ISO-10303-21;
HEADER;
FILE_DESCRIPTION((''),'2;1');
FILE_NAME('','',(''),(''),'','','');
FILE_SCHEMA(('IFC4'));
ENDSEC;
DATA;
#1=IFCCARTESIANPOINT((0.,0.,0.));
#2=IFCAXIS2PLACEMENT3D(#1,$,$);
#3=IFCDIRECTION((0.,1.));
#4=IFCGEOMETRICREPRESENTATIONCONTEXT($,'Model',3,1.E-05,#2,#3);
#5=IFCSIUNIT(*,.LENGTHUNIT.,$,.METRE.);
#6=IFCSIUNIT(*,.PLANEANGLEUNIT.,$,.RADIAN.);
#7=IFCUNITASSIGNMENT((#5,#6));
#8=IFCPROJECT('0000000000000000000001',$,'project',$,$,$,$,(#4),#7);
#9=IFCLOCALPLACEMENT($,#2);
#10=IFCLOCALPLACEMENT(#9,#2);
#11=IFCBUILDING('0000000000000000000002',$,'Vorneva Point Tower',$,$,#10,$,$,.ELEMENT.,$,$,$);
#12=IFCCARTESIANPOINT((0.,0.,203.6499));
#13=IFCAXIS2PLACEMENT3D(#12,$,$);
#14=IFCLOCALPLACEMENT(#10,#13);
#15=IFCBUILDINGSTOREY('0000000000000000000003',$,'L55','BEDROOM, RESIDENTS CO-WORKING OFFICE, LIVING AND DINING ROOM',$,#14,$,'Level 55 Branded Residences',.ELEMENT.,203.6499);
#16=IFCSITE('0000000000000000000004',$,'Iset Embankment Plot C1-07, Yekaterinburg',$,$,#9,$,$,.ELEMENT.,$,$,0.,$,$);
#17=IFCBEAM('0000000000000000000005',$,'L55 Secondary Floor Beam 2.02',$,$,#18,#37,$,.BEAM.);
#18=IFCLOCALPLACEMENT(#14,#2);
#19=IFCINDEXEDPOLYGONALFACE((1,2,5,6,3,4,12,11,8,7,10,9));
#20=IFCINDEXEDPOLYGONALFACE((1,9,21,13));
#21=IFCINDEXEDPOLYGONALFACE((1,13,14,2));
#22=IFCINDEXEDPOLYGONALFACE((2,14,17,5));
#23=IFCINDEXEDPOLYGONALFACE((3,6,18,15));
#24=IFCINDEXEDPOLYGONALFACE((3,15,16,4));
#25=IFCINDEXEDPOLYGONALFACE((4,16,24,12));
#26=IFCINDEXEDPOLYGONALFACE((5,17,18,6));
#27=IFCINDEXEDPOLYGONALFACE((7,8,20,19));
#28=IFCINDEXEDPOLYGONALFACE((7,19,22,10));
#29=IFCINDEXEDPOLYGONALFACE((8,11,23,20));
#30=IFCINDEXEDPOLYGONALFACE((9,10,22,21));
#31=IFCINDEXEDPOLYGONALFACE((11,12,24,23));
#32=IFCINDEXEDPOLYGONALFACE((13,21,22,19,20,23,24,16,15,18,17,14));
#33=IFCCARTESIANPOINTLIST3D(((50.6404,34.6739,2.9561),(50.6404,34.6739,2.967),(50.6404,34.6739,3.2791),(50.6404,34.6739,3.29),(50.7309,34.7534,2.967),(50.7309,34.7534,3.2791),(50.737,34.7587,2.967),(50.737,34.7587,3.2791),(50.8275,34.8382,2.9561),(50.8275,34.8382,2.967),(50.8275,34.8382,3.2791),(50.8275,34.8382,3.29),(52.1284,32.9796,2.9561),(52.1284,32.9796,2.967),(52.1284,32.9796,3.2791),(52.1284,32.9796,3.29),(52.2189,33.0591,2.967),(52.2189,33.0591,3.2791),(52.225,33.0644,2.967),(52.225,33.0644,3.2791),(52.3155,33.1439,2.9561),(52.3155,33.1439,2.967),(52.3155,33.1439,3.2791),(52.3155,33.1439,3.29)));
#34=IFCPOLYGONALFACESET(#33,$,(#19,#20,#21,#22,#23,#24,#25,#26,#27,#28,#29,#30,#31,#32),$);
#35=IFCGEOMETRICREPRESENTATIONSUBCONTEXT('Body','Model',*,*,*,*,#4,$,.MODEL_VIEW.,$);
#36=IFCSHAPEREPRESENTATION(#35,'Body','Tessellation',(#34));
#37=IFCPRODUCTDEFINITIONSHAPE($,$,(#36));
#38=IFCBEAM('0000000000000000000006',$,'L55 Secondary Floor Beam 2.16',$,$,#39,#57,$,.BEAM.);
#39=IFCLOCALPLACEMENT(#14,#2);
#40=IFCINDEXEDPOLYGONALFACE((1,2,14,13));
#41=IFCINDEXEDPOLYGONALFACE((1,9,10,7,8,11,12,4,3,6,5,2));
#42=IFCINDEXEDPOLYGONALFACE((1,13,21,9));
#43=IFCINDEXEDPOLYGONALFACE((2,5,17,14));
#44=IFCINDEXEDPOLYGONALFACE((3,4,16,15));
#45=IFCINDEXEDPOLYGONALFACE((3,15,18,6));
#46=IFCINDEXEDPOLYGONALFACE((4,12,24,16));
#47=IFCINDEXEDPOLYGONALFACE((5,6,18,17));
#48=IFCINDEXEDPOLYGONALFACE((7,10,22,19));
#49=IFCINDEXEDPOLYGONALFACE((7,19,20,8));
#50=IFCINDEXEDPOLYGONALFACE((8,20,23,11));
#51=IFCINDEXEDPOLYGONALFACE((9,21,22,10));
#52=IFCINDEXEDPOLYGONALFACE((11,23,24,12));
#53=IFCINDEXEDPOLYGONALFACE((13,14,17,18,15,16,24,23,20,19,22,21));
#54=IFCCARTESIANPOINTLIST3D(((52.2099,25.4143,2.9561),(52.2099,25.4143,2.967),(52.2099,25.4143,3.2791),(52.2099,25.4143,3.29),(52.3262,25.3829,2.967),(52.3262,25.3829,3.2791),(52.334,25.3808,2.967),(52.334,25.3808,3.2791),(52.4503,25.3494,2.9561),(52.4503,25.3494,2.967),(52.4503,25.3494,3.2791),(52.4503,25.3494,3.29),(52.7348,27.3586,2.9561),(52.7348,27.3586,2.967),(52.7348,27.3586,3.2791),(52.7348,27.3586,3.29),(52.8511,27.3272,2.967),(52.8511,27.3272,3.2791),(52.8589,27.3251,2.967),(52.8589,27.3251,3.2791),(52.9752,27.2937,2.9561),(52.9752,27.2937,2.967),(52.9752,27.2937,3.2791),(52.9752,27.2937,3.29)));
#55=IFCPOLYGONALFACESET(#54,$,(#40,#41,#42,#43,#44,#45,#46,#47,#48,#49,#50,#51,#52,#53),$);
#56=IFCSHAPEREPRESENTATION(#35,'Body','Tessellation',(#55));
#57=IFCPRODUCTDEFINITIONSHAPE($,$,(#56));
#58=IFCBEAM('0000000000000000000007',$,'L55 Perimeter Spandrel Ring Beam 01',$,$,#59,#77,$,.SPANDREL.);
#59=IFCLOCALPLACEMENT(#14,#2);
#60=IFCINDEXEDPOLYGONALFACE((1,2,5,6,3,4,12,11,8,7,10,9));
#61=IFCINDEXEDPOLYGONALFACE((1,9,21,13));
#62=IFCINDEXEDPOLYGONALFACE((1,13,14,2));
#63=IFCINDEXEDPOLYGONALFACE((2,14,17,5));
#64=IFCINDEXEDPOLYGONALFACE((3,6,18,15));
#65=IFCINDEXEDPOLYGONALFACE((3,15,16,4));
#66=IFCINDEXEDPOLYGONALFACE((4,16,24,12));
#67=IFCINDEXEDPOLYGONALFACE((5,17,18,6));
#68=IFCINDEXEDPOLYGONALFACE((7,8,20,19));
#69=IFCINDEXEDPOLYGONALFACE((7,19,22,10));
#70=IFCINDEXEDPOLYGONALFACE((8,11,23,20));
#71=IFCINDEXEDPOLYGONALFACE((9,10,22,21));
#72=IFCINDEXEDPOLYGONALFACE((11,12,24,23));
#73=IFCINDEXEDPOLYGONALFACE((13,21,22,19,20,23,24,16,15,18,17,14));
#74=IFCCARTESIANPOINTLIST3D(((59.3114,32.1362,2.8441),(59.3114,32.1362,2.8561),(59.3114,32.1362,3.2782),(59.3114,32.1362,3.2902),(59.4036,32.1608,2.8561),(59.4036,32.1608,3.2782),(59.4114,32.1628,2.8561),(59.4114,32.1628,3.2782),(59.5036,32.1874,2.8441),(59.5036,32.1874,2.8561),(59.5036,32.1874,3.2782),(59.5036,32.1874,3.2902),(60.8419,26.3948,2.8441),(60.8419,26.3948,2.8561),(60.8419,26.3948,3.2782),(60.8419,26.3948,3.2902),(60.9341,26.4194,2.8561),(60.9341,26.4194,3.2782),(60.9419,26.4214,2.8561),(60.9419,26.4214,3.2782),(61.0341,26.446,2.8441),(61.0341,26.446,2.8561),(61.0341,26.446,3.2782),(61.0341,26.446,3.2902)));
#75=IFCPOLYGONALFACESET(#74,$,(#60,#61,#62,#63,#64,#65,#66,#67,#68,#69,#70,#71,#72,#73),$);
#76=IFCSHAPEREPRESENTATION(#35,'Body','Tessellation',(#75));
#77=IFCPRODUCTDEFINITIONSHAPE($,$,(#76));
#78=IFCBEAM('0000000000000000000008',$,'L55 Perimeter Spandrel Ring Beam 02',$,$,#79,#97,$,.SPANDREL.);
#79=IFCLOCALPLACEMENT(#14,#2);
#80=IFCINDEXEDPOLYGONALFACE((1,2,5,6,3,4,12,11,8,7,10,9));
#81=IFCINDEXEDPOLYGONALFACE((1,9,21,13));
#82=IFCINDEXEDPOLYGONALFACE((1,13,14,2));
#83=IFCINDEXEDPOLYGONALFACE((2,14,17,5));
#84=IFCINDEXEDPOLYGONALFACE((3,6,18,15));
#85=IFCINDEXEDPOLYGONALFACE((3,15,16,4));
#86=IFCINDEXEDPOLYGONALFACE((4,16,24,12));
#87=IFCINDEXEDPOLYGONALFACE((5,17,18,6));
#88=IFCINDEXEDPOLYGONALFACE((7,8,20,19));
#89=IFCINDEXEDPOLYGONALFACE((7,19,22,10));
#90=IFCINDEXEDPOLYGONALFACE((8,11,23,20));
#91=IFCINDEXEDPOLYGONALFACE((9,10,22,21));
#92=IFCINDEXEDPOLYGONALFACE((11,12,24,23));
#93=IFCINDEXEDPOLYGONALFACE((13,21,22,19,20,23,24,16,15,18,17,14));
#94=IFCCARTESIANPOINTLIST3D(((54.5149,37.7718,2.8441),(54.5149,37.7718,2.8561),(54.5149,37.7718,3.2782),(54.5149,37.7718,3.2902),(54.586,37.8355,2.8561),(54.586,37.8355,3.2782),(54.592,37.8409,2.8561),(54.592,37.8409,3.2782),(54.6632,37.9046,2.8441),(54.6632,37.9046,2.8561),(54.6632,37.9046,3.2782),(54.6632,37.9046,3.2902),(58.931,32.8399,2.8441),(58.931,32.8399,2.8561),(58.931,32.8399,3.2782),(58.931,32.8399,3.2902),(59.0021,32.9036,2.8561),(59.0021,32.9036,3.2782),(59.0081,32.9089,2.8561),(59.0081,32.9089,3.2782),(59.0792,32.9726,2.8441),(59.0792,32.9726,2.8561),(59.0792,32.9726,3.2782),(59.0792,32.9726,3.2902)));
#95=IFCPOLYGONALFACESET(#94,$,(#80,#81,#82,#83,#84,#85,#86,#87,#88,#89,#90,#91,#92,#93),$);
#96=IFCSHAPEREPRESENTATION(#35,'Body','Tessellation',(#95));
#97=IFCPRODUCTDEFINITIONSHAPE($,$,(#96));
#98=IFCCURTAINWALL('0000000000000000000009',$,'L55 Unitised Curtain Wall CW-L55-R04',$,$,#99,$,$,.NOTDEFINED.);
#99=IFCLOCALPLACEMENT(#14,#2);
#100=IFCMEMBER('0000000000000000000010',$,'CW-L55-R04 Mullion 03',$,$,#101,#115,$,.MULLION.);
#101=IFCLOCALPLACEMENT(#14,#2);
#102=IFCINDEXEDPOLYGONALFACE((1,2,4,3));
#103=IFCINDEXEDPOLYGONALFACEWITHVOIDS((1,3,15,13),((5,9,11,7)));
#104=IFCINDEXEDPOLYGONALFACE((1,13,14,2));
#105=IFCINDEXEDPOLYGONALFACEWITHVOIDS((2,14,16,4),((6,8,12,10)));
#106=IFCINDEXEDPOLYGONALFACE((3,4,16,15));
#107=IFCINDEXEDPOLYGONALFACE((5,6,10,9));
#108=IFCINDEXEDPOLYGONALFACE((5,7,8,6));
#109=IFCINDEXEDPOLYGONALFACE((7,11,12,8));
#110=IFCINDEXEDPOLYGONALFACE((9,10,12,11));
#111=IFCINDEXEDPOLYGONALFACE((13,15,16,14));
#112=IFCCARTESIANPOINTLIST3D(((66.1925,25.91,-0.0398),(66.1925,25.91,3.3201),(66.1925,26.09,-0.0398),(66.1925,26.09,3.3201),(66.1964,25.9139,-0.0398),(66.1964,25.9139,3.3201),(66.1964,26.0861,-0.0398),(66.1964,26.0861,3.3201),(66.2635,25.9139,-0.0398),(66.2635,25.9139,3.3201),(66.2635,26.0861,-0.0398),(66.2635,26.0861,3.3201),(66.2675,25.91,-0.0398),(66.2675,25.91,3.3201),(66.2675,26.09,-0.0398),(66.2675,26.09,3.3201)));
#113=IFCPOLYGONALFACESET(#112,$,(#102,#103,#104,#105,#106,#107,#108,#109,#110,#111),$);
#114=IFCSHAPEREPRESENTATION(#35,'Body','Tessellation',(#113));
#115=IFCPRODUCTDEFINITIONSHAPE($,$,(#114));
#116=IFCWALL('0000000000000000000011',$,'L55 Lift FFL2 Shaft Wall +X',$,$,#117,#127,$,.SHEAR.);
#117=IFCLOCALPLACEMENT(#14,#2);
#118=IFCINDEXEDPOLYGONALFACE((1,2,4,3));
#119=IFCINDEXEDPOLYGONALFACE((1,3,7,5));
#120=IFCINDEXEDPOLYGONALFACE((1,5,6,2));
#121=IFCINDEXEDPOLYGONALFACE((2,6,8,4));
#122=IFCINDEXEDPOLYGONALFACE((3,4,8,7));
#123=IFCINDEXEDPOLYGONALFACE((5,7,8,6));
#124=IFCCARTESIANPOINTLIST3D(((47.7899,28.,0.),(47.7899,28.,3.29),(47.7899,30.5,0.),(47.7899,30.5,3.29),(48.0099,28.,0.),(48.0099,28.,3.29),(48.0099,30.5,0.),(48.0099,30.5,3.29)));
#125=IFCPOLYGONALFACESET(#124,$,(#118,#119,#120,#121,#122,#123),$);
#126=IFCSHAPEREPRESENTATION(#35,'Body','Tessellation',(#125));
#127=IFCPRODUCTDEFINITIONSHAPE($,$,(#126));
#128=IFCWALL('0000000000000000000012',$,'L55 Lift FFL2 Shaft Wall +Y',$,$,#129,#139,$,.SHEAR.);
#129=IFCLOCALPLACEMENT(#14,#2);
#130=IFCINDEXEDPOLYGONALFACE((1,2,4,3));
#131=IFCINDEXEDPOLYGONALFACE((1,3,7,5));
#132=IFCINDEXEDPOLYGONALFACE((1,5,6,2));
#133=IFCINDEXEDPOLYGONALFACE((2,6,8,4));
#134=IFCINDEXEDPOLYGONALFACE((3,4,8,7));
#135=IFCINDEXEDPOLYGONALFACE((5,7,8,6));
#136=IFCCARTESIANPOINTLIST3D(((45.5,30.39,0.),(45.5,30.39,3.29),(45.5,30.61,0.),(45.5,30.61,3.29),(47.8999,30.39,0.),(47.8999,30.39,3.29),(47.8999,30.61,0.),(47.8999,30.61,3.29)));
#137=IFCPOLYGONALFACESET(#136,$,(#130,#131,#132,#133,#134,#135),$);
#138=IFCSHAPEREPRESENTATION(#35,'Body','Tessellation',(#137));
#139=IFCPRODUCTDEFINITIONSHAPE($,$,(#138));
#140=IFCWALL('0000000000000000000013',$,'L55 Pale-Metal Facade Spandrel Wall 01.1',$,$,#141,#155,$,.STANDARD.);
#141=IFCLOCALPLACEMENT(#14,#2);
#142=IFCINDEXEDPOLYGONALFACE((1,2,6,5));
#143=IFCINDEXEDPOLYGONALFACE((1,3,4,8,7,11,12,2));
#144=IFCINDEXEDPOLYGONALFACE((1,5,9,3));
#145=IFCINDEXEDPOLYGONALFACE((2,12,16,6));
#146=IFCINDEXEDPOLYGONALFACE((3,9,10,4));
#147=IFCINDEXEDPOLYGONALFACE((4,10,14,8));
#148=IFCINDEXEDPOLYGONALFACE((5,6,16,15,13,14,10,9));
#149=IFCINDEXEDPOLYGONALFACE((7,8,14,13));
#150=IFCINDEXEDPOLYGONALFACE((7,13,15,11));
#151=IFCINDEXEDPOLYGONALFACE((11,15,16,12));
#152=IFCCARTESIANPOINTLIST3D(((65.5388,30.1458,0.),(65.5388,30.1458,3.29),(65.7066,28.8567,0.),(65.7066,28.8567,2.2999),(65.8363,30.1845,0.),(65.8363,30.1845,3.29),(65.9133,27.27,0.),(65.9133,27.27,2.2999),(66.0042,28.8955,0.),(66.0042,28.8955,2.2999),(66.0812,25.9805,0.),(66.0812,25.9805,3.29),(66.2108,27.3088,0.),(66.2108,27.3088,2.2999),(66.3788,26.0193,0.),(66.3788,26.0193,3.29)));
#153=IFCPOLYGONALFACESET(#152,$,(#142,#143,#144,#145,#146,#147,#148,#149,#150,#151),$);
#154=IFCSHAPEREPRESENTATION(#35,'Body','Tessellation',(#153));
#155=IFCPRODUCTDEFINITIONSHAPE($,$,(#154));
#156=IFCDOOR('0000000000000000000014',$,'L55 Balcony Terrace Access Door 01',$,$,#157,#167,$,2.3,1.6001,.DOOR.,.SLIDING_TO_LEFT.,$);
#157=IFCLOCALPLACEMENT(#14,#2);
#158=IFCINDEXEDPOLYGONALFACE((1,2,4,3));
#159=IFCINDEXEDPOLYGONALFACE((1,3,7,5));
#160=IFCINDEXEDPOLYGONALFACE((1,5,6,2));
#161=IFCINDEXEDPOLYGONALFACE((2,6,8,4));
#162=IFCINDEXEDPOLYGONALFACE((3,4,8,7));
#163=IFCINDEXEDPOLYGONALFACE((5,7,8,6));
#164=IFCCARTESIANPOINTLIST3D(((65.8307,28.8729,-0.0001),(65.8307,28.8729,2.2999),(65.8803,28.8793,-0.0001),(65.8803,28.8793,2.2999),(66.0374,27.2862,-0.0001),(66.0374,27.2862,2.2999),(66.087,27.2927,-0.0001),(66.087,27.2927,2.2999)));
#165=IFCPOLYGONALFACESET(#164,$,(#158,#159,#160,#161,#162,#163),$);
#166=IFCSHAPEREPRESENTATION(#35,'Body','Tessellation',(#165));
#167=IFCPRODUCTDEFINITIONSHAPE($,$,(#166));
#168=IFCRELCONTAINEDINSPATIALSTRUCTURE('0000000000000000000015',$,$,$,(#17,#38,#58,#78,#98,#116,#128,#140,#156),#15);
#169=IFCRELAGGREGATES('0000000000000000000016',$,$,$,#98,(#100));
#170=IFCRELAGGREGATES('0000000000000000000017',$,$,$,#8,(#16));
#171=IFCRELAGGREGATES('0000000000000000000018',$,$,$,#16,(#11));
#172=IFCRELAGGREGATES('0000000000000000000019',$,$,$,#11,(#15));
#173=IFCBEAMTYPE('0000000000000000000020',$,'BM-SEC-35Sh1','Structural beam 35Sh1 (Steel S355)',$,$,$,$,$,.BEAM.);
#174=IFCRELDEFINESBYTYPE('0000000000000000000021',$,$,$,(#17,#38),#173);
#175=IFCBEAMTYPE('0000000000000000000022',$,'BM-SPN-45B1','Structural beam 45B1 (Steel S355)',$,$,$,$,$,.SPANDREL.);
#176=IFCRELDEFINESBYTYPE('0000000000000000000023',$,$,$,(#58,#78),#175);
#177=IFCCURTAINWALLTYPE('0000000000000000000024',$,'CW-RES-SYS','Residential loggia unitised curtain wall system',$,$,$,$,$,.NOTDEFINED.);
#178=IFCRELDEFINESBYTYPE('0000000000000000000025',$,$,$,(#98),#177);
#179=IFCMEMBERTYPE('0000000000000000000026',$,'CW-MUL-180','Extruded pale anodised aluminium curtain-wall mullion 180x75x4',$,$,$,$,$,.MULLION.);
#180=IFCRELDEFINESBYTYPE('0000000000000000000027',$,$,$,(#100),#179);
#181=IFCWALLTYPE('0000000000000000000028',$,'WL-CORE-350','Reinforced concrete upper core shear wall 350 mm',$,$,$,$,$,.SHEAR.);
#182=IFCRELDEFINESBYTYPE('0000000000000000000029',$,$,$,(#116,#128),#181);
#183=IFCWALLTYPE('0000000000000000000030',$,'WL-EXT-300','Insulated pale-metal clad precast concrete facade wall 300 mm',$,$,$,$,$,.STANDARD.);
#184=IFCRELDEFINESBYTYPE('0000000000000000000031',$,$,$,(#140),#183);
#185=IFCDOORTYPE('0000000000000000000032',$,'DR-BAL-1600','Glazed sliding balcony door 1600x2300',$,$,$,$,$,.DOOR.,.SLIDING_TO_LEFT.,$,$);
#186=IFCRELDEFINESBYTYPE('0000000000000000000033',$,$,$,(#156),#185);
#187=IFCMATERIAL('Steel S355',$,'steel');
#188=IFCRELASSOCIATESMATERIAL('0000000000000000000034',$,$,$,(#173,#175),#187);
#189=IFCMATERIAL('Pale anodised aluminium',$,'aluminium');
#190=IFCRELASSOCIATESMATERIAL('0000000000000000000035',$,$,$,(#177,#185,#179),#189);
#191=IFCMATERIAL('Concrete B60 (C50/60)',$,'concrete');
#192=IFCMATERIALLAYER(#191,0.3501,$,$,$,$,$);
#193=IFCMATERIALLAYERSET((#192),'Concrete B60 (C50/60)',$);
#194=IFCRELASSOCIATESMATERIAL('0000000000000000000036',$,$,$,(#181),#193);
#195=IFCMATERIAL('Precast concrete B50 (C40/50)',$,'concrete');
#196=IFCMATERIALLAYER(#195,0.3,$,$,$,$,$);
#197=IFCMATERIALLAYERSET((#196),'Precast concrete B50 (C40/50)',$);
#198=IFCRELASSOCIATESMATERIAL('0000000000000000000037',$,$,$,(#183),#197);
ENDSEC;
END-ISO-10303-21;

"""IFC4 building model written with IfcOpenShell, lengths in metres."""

from ifc_helpers import new_model, si_unit, direction, frame, frame_2d, origin, origin_2d, place, context, subcontext, project, spatial, rectangle, hollow_rectangle, i_section, extrude, material, layer, layer_set, material_profile, profile_set, type_object, element, fill, aggregate, save


model = new_model("IFC4")

# Units and contexts
model_context = context("Model", 3, precision=1e-05, world=origin(), true_north=direction((0.0, 1.0)))
body_context = subcontext(model_context, "Body", "Model", "MODEL_VIEW")
ifc_project = project(units=[si_unit("LENGTHUNIT", "METRE"), si_unit("PLANEANGLEUNIT", "RADIAN")], contexts=[model_context])

# Site, building, storey
site_placement = place(None, origin())
site = spatial("IfcSite", under=ifc_project, at=site_placement, Name="Iset Embankment Plot C1-07, Yekaterinburg", CompositionType="ELEMENT", RefElevation=0.0)
building_placement = place(site_placement, origin())
building = spatial("IfcBuilding", under=site, at=building_placement, Name="Vorneva Point Tower", CompositionType="ELEMENT")
storey_placement = place(building_placement, frame((0.0, 0.0, 203.6499)))
storey = spatial("IfcBuildingStorey", under=building, at=storey_placement, Name="L55", Description="BEDROOM, RESIDENTS CO-WORKING OFFICE, LIVING AND DINING ROOM", LongName="Level 55 Branded Residences", CompositionType="ELEMENT", Elevation=203.6499)

# Beams
ifc_material_1 = material(Name="Steel S355", Category="steel")
ifc_material_profile_1 = material_profile(ifc_material_1, i_section(OverallWidth=0.249, OverallDepth=0.334, WebThickness=0.0081, FlangeThickness=0.011, at=origin_2d()), Name="35Sh1")
ifc_profile_set_1 = profile_set([ifc_material_profile_1], Name="Steel S355")
beam_type_1 = type_object("IfcBeamType", Name="BM-SEC-35Sh1", Description="Structural beam 35Sh1 (Steel S355)", PredefinedType="BEAM", material=ifc_profile_set_1)
beam_1_placement = place(storey_placement, frame((52.2219, 33.0618, 3.123), z_axis=(-0.659883, 0.751368, 0.0), x_axis=(-0.751368, -0.659883, 0.0)))
element("IfcBeam", 1, at=beam_1_placement, inside=storey, type_object=beam_type_1, Name="L55 Secondary Floor Beam 2.02", PredefinedType="BEAM", context=body_context, shape_type="SweptSolid", body=[
    extrude(i_section(OverallWidth=0.249, OverallDepth=0.334, WebThickness=0.0081, FlangeThickness=0.011, at=origin_2d()), origin(), (0.0, 0.0, 1.0), 2.2549),
])
beam_2_placement = place(storey_placement, frame((52.3301, 25.3818, 3.123), z_axis=(0.260634, 0.965438, 0.0), x_axis=(-0.965438, 0.260634, 0.0)))
element("IfcBeam", 2, at=beam_2_placement, inside=storey, type_object=beam_type_1, Name="L55 Secondary Floor Beam 2.16", PredefinedType="BEAM", context=body_context, shape_type="SweptSolid", body=[
    extrude(i_section(OverallWidth=0.249, OverallDepth=0.334, WebThickness=0.0081, FlangeThickness=0.011, at=origin_2d()), origin(), (0.0, 0.0, 1.0), 2.0139),
])
ifc_material_profile_2 = material_profile(ifc_material_1, i_section(OverallWidth=0.199, OverallDepth=0.446, WebThickness=0.0081, FlangeThickness=0.012, at=origin_2d()), Name="45B1")
ifc_profile_set_2 = profile_set([ifc_material_profile_2], Name="Steel S355")
beam_type_2 = type_object("IfcBeamType", Name="BM-SPN-45B1", Description="Structural beam 45B1 (Steel S355)", PredefinedType="SPANDREL", material=ifc_profile_set_2)
beam_3_placement = place(storey_placement, frame((60.938, 26.4204, 3.0671), z_axis=(-0.257578, 0.966257, 0.0), x_axis=(-0.966257, -0.257578, 0.0)))
element("IfcBeam", 3, at=beam_3_placement, inside=storey, type_object=beam_type_2, Name="L55 Perimeter Spandrel Ring Beam 01", PredefinedType="SPANDREL", context=body_context, shape_type="SweptSolid", body=[
    extrude(i_section(OverallWidth=0.199, OverallDepth=0.446, WebThickness=0.0081, FlangeThickness=0.012, at=origin_2d()), origin(), (0.0, 0.0, 1.0), 5.9419),
])
beam_4_placement = place(storey_placement, frame((59.0051, 32.9062, 3.0671), z_axis=(-0.66707, 0.744995, 0.0), x_axis=(-0.744995, -0.66707, 0.0)))
element("IfcBeam", 4, at=beam_4_placement, inside=storey, type_object=beam_type_2, Name="L55 Perimeter Spandrel Ring Beam 02", PredefinedType="SPANDREL", context=body_context, shape_type="SweptSolid", body=[
    extrude(i_section(OverallWidth=0.199, OverallDepth=0.446, WebThickness=0.0081, FlangeThickness=0.012, at=origin_2d()), origin(), (0.0, 0.0, 1.0), 6.6201),
])

# Curtain wall, member
ifc_material_2 = material(Name="Pale anodised aluminium", Category="aluminium")
curtain_wall_type = type_object("IfcCurtainWallType", Name="CW-RES-SYS", Description="Residential loggia unitised curtain wall system", PredefinedType="NOTDEFINED", material=ifc_material_2)
curtain_wall_placement = place(storey_placement, origin())
curtain_wall = element("IfcCurtainWall", 5, at=curtain_wall_placement, inside=storey, type_object=curtain_wall_type, Name="L55 Unitised Curtain Wall CW-L55-R04", PredefinedType="NOTDEFINED")
ifc_material_profile_3 = material_profile(ifc_material_2, hollow_rectangle(XDim=0.075, YDim=0.1799, WallThickness=0.0039, at=origin_2d()), Name="AL-MUL 180x75x4")
ifc_profile_set_3 = profile_set([ifc_material_profile_3], Name="Pale anodised aluminium")
member_type = type_object("IfcMemberType", Name="CW-MUL-180", Description="Extruded pale anodised aluminium curtain-wall mullion 180x75x4", PredefinedType="MULLION", material=ifc_profile_set_3)
member_placement = place(storey_placement, frame((66.23, 26.0, -0.0398), z_axis=(0.0, 0.0, 1.0), x_axis=(1.0, 0.0, 0.0)))
member = element("IfcMember", 6, at=member_placement, type_object=member_type, Name="CW-L55-R04 Mullion 03", PredefinedType="MULLION", context=body_context, shape_type="SweptSolid", body=[
    extrude(hollow_rectangle(XDim=0.075, YDim=0.1799, WallThickness=0.0039, at=origin_2d()), origin(), (0.0, 0.0, 1.0), 3.3599),
])
aggregate(curtain_wall, [member])

# Walls
ifc_material_3 = material(Name="Concrete B60 (C50/60)", Category="concrete")
ifc_layer_1 = layer(ifc_material_3, 0.3501)
ifc_layer_set_1 = layer_set([ifc_layer_1], Name="Concrete B60 (C50/60)")
wall_type_1 = type_object("IfcWallType", Name="WL-CORE-350", Description="Reinforced concrete upper core shear wall 350 mm", PredefinedType="SHEAR", material=ifc_layer_set_1)
wall_1_placement = place(storey_placement, frame((47.8999, 28.0, 0.0), z_axis=(0.0, 0.0, 1.0), x_axis=(0.0, 1.0, 0.0)))
element("IfcWall", 7, at=wall_1_placement, inside=storey, type_object=wall_type_1, Name="L55 Lift FFL2 Shaft Wall +X", PredefinedType="SHEAR", context=body_context, shape_type="SweptSolid", body=[
    extrude(rectangle(XDim=2.5, YDim=0.22, at=frame_2d((1.25, 0.0))), origin(), (0.0, 0.0, 1.0), 3.29),
])
wall_2_placement = place(storey_placement, frame((47.8999, 30.5, 0.0), z_axis=(0.0, 0.0, 1.0), x_axis=(-1.0, 0.0, 0.0)))
element("IfcWall", 8, at=wall_2_placement, inside=storey, type_object=wall_type_1, Name="L55 Lift FFL2 Shaft Wall +Y", PredefinedType="SHEAR", context=body_context, shape_type="SweptSolid", body=[
    extrude(rectangle(XDim=2.3999, YDim=0.22, at=frame_2d((1.2, 0.0))), origin(), (0.0, 0.0, 1.0), 3.29),
])

# Wall, opening, door
ifc_material_4 = material(Name="Precast concrete B50 (C40/50)", Category="concrete")
ifc_layer_2 = layer(ifc_material_4, 0.3)
ifc_layer_set_2 = layer_set([ifc_layer_2], Name="Precast concrete B50 (C40/50)")
wall_type_2 = type_object("IfcWallType", Name="WL-EXT-300", Description="Insulated pale-metal clad precast concrete facade wall 300 mm", PredefinedType="STANDARD", material=ifc_layer_set_2)
wall_3_placement = place(storey_placement, frame((66.23, 26.0, 0.0), z_axis=(0.0, 0.0, 1.0), x_axis=(-0.129148, 0.991625, 0.0)))
wall_3 = element("IfcWall", 9, at=wall_3_placement, inside=storey, type_object=wall_type_2, Name="L55 Pale-Metal Facade Spandrel Wall 01.1", PredefinedType="STANDARD", context=body_context, shape_type="SweptSolid", body=[
    extrude(rectangle(XDim=4.2004, YDim=0.3, at=frame_2d((2.1001, 0.0))), origin(), (0.0, 0.0, 1.0), 3.29),
])
opening_1_placement = place(wall_3_placement, frame((1.3003, 0.0, 0.0)))
opening_1 = element("IfcOpeningElement", 10, at=opening_1_placement, cuts=wall_3, PredefinedType="OPENING", context=body_context, shape_type="SweptSolid", body=[
    extrude(rectangle(XDim=1.6001, YDim=2.3, at=frame_2d((0.8, 1.1499))), frame((0.0, 0.165, 0.0), z_axis=(0.0, -1.0, 0.0), x_axis=(1.0, 0.0, 0.0)), (0.0, 0.0, 1.0), 0.3298),
])
door_type = type_object("IfcDoorType", Name="DR-BAL-1600", Description="Glazed sliding balcony door 1600x2300", OperationType="SLIDING_TO_LEFT", PredefinedType="DOOR", material=ifc_material_2)
door_placement = place(opening_1_placement, origin())
door = element("IfcDoor", 11, at=door_placement, inside=storey, type_object=door_type, Name="L55 Balcony Terrace Access Door 01", OperationType="SLIDING_TO_LEFT", OverallHeight=2.3, OverallWidth=1.6001, PredefinedType="DOOR", context=body_context, shape_type="SweptSolid", body=[
    extrude(rectangle(XDim=1.6001, YDim=2.3, at=frame_2d((0.8, 1.1499))), frame((0.0, 0.0249, 0.0), z_axis=(0.0, -1.0, 0.0), x_axis=(1.0, 0.0, 0.0)), (0.0, 0.0, 1.0), 0.05),
])
fill(opening_1, door)

save(model, "model.ifc")
